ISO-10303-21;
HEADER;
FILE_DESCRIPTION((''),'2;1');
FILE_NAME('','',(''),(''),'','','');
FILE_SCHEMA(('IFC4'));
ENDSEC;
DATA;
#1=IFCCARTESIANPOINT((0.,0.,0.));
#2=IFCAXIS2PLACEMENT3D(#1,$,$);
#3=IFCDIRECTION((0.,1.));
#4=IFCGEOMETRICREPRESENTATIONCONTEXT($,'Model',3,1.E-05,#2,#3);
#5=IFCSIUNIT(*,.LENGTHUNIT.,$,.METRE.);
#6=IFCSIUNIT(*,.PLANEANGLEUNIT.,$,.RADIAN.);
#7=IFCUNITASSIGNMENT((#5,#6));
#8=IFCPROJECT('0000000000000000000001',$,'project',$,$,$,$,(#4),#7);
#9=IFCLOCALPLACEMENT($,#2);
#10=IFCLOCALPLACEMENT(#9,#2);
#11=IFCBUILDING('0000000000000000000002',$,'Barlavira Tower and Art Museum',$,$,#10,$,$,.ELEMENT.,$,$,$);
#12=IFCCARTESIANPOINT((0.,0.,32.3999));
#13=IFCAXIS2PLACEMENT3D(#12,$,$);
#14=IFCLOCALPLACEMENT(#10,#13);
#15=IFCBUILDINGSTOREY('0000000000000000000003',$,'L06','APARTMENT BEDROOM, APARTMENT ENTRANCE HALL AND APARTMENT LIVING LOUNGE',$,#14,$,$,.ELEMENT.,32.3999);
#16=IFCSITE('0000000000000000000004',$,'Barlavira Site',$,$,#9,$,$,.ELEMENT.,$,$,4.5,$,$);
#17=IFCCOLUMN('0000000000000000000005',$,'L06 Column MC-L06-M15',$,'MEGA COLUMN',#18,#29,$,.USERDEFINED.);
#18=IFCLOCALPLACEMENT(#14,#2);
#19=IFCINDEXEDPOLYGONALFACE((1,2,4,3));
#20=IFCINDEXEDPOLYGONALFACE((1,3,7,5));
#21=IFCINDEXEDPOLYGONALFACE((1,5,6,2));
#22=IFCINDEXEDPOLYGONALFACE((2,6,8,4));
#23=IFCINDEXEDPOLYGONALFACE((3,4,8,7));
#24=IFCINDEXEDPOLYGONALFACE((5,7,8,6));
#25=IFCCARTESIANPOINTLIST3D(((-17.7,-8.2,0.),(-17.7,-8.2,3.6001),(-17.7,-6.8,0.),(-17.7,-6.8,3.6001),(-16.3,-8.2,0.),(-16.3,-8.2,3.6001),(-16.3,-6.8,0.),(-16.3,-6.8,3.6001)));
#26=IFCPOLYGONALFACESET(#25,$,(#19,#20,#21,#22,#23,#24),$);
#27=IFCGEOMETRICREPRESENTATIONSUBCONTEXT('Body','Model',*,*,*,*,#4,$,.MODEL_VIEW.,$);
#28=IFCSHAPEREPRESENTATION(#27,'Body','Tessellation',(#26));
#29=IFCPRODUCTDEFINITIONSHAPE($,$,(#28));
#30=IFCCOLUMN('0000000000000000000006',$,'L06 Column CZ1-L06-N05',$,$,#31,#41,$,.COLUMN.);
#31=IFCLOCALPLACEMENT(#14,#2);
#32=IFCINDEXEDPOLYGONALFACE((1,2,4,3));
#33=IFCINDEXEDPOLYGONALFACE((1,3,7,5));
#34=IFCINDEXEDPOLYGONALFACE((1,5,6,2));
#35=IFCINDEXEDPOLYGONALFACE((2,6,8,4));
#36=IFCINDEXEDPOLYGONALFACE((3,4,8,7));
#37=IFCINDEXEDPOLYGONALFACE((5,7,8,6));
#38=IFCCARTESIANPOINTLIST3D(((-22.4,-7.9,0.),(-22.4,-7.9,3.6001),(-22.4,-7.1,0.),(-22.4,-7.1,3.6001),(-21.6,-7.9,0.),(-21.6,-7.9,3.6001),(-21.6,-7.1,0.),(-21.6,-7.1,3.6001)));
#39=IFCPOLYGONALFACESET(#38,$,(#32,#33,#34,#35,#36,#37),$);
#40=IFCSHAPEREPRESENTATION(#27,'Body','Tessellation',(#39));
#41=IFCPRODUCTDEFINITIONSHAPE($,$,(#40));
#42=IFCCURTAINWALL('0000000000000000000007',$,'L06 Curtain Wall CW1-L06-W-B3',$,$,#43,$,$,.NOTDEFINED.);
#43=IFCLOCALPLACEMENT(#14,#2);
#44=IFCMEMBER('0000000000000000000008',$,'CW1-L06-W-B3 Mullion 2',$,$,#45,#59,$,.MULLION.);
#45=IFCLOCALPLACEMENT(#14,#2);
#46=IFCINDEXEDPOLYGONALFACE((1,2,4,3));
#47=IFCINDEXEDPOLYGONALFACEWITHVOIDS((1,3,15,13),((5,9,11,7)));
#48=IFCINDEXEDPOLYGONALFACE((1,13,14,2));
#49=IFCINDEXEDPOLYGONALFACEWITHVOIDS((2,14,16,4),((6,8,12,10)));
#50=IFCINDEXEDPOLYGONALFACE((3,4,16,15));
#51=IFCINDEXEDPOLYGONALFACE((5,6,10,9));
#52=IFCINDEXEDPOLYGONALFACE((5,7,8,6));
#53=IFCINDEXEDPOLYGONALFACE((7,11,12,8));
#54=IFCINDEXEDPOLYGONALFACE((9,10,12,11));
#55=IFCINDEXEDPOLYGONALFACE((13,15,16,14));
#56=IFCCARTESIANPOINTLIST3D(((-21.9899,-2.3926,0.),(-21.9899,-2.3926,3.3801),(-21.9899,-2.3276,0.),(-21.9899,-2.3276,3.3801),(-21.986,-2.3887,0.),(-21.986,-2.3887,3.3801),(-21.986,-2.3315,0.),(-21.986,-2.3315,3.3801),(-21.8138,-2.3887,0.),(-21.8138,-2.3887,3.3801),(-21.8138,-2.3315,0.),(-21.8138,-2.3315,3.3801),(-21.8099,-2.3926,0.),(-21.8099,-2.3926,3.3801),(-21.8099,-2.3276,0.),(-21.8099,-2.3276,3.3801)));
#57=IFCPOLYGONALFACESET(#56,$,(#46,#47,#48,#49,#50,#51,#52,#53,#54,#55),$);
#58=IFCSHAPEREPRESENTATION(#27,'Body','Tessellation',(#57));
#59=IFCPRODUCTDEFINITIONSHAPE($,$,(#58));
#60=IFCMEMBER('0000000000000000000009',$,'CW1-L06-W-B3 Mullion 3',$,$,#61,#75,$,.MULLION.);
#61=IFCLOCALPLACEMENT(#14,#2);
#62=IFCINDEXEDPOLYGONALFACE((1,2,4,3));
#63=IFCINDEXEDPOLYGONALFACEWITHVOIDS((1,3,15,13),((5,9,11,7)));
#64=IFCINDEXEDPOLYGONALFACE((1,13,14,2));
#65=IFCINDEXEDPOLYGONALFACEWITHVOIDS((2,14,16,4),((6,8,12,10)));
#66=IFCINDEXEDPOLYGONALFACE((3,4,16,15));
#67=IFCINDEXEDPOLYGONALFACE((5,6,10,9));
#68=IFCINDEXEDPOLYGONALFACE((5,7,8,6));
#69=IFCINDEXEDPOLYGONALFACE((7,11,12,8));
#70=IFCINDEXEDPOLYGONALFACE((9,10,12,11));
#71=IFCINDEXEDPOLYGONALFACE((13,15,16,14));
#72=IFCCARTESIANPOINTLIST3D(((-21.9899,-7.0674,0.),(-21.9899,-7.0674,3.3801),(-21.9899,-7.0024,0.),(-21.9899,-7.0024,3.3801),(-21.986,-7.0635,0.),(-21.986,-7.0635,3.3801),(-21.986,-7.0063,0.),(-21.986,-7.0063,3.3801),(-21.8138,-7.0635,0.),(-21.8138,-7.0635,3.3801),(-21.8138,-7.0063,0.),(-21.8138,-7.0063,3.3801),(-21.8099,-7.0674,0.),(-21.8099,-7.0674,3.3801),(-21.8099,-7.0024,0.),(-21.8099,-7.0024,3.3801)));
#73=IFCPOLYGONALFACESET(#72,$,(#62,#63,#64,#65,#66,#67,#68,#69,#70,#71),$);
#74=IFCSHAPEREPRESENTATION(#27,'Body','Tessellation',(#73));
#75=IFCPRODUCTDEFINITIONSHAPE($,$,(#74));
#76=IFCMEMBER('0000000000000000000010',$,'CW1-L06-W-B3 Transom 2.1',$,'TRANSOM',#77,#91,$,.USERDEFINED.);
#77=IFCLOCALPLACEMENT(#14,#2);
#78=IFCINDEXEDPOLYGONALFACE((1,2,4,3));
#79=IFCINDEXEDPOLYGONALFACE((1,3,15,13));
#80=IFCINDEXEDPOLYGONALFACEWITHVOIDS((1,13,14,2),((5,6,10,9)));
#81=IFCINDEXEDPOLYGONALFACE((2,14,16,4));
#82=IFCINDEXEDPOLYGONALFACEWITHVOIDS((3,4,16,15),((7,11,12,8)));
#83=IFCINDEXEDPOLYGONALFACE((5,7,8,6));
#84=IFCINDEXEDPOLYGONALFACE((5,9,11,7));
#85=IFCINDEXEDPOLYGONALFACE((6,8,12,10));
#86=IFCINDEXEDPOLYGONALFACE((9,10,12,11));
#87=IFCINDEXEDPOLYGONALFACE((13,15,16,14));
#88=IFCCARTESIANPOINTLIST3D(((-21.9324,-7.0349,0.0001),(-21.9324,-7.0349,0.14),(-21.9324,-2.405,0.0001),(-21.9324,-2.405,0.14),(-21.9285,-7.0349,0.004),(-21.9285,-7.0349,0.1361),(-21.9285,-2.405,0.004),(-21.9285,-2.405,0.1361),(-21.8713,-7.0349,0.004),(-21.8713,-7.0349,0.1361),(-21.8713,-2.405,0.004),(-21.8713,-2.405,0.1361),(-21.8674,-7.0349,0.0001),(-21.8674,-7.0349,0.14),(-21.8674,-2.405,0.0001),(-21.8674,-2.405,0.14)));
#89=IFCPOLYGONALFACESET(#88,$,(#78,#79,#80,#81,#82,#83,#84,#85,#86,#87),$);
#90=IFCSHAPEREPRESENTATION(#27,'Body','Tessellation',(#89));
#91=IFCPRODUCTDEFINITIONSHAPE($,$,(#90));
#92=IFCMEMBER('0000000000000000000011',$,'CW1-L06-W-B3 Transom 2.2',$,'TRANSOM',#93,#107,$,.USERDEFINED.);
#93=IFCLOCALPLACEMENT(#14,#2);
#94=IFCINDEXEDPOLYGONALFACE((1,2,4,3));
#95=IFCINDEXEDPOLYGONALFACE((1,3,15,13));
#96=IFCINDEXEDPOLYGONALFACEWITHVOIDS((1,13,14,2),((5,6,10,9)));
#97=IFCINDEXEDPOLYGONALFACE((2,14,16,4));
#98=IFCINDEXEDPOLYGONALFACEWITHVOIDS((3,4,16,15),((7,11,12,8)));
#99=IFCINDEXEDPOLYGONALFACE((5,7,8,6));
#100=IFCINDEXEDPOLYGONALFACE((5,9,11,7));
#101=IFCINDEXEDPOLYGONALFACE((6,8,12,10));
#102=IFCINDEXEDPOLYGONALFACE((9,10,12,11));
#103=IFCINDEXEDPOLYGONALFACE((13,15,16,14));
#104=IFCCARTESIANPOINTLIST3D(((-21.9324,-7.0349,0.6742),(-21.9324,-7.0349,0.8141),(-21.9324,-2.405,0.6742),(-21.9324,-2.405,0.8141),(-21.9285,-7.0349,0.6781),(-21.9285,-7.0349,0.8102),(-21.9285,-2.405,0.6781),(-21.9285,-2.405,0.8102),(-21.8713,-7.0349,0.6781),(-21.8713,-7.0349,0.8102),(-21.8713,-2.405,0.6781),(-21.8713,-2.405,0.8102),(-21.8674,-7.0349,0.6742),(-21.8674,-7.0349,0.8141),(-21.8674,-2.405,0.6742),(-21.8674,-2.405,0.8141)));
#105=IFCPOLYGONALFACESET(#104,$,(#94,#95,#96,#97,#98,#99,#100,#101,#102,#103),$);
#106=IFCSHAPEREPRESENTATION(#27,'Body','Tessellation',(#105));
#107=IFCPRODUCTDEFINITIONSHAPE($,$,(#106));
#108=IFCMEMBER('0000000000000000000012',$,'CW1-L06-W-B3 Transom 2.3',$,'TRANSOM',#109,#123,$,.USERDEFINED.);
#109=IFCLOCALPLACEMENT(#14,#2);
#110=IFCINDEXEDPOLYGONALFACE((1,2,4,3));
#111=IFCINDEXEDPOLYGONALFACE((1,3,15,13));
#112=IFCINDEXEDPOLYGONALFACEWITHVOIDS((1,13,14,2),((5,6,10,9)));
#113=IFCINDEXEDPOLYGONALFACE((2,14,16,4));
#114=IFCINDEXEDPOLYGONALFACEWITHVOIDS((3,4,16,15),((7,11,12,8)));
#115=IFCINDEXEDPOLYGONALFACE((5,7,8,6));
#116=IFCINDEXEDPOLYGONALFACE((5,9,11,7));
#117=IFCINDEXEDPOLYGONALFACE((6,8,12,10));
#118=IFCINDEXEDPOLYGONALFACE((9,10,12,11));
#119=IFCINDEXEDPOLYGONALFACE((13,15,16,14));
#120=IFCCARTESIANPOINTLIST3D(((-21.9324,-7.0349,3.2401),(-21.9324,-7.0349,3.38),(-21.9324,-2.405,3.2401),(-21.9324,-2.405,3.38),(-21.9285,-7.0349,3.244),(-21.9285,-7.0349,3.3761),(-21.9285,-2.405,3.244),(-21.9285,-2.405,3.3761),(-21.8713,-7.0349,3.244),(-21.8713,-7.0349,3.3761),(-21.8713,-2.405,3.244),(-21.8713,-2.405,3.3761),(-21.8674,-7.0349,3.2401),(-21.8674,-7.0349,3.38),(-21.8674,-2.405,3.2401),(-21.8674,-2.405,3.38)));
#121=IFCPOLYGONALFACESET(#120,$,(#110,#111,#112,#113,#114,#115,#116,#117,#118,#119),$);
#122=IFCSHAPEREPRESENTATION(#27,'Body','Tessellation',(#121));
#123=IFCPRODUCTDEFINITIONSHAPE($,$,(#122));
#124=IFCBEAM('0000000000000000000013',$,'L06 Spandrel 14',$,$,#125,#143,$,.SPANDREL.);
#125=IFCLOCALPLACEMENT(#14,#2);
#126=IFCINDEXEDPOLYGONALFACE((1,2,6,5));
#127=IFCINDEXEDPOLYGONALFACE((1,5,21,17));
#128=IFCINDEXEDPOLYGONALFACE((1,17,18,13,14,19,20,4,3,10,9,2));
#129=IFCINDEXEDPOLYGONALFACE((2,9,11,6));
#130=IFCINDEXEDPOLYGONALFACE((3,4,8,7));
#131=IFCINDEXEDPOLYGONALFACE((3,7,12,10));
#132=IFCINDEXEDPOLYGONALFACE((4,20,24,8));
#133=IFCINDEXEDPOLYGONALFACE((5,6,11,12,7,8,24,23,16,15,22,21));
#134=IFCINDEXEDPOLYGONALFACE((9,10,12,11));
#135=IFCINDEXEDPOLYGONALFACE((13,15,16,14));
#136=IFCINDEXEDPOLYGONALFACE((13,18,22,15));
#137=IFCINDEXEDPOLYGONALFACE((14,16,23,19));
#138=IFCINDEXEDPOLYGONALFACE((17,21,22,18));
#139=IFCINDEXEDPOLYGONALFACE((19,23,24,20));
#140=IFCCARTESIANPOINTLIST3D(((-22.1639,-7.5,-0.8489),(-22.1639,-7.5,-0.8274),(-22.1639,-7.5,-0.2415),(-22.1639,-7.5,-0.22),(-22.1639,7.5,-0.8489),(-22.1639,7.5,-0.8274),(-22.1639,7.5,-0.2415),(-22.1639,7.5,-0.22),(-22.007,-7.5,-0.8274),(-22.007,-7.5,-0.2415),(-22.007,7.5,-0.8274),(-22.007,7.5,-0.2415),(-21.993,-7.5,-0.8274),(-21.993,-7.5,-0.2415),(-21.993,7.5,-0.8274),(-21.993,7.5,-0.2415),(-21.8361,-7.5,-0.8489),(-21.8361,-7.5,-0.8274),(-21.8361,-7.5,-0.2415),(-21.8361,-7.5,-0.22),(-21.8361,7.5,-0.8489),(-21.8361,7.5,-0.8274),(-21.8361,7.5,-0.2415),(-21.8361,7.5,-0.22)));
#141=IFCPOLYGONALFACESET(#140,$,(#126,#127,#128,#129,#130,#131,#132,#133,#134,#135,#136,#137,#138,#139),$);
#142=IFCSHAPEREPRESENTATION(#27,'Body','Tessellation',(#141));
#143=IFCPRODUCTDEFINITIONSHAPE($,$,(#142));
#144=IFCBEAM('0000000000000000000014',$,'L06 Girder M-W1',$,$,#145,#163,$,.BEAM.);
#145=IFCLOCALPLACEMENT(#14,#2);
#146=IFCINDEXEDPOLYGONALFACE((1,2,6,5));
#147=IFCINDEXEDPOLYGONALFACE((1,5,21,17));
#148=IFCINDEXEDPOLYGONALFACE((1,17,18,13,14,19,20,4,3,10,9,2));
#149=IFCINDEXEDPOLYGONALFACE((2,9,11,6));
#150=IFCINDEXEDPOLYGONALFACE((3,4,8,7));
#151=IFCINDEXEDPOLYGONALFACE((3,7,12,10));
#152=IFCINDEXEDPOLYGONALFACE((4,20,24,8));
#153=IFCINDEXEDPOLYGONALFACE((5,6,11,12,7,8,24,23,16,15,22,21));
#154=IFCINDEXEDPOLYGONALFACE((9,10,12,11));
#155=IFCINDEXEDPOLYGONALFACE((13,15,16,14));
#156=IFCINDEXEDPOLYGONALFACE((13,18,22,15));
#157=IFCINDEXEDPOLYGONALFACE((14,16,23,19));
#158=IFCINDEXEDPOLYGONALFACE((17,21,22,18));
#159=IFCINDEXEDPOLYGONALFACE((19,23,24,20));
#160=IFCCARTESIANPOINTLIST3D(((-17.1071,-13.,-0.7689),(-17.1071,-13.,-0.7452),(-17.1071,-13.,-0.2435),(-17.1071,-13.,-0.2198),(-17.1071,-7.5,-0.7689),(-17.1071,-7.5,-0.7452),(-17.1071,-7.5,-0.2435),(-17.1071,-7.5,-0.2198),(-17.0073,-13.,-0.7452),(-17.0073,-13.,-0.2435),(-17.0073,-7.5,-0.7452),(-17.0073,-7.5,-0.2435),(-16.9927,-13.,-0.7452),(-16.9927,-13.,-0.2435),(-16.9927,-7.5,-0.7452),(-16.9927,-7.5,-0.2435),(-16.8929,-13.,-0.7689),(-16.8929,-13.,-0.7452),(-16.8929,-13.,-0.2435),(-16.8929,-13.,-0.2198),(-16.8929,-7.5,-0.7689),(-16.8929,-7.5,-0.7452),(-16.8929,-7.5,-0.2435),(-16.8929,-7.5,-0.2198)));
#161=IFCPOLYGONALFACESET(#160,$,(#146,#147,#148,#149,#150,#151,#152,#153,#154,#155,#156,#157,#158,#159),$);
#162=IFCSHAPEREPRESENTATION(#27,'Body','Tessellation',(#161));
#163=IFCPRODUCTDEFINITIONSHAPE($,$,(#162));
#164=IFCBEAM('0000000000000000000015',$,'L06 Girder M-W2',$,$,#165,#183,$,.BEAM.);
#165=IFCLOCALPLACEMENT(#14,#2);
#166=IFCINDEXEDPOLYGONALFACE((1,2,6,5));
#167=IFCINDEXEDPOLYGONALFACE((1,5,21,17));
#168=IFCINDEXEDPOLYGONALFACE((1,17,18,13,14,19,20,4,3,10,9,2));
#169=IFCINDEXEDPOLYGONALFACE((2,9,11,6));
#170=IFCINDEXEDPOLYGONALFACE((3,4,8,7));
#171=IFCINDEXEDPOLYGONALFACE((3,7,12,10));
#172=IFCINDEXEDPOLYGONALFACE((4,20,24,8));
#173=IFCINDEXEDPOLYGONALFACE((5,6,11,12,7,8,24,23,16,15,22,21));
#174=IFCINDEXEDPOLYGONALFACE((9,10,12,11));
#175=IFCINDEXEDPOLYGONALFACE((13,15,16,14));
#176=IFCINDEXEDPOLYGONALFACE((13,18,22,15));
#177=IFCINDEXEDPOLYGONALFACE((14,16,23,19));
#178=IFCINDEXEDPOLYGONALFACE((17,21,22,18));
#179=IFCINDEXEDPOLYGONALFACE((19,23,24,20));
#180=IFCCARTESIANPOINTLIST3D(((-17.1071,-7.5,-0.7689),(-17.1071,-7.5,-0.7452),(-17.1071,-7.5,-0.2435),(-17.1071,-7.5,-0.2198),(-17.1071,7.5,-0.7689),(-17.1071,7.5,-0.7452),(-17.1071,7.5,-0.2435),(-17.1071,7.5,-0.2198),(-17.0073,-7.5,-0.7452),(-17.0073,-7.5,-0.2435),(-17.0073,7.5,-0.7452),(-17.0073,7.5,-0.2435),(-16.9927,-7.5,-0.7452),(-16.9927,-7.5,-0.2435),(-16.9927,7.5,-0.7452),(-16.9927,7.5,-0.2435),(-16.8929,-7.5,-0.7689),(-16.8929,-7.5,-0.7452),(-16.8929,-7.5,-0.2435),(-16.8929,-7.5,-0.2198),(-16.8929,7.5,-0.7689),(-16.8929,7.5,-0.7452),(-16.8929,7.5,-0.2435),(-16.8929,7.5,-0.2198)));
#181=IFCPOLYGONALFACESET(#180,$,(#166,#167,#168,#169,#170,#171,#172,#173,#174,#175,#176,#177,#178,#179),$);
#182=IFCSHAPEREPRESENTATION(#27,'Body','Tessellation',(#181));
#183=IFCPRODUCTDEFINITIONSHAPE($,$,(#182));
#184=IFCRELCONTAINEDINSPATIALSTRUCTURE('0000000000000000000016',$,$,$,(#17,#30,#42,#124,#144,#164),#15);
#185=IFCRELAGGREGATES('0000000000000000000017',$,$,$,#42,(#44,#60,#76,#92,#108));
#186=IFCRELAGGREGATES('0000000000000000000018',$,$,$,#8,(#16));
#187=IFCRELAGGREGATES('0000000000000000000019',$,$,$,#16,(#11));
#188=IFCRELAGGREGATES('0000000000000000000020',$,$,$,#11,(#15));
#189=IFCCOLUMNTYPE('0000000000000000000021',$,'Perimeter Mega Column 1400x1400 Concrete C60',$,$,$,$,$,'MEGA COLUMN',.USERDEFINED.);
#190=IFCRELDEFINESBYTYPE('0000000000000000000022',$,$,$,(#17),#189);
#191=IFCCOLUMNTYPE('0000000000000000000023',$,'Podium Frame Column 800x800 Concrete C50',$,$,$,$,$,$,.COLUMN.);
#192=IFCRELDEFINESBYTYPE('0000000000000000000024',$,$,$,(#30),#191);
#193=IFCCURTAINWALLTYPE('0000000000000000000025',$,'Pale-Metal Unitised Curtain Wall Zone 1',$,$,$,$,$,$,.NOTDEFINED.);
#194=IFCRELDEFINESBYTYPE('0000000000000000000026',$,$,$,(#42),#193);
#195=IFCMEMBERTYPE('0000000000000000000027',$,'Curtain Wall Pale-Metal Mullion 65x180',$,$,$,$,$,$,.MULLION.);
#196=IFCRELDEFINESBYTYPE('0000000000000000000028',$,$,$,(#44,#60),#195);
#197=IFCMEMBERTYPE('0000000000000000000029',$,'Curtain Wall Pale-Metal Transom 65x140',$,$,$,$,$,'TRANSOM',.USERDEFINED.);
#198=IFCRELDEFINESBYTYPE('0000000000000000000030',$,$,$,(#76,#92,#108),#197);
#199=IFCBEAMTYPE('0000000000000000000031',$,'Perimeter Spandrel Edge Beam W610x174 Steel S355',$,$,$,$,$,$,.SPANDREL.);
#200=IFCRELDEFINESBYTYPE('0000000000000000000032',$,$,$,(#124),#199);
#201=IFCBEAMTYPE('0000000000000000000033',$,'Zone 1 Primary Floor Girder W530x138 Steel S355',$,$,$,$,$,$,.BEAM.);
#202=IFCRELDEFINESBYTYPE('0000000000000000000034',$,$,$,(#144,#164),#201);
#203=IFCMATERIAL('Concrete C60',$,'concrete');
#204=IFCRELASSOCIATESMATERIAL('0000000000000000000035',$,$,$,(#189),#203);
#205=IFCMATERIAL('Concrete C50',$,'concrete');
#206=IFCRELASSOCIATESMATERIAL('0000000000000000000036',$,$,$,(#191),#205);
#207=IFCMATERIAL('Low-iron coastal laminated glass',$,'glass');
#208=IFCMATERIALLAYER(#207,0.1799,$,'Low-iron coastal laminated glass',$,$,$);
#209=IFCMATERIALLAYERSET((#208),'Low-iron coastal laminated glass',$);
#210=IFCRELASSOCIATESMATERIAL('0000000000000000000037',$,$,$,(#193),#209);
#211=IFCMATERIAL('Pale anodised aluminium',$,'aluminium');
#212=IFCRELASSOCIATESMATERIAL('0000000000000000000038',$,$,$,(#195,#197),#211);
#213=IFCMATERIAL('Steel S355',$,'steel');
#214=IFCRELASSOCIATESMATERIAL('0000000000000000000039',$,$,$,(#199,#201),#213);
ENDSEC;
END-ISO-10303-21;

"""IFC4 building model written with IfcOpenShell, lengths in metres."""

from ifc_helpers import new_model, si_unit, direction, frame, origin, origin_2d, place, context, subcontext, project, spatial, rectangle, hollow_rectangle, i_section, extrude, material, layer, layer_set, material_profile, profile_set, type_object, element, aggregate, save


model = new_model("IFC4")

# Units and contexts
model_context = context("Model", 3, precision=1e-05, world=origin(), true_north=direction((0.0, 1.0)))
body_context = subcontext(model_context, "Body", "Model", "MODEL_VIEW")
ifc_project = project(units=[si_unit("LENGTHUNIT", "METRE"), si_unit("PLANEANGLEUNIT", "RADIAN")], contexts=[model_context])

# Site, building, storey
site_placement = place(None, origin())
site = spatial("IfcSite", under=ifc_project, at=site_placement, Name="Barlavira Site", CompositionType="ELEMENT", RefElevation=4.5)
building_placement = place(site_placement, origin())
building = spatial("IfcBuilding", under=site, at=building_placement, Name="Barlavira Tower and Art Museum", CompositionType="ELEMENT")
storey_placement = place(building_placement, frame((0.0, 0.0, 32.3999)))
storey = spatial("IfcBuildingStorey", under=building, at=storey_placement, Name="L06", Description="APARTMENT BEDROOM, APARTMENT ENTRANCE HALL AND APARTMENT LIVING LOUNGE", CompositionType="ELEMENT", Elevation=32.3999)

# Columns
ifc_material_1 = material(Name="Concrete C60", Category="concrete")
ifc_material_profile_1 = material_profile(ifc_material_1, rectangle(XDim=1.3999, YDim=1.3999, at=origin_2d()), Name="RC-MCOL 1400x1400")
ifc_profile_set_1 = profile_set([ifc_material_profile_1], Name="Concrete C60")
column_type_1 = type_object("IfcColumnType", Name="Perimeter Mega Column 1400x1400 Concrete C60", ElementType="MEGA COLUMN", PredefinedType="USERDEFINED", material=ifc_profile_set_1)
column_1_placement = place(storey_placement, frame((-17.0, -7.5, 0.0), z_axis=(0.0, 0.0, 1.0), x_axis=(1.0, 0.0, 0.0)))
element("IfcColumn", 1, at=column_1_placement, inside=storey, type_object=column_type_1, Name="L06 Column MC-L06-M15", ObjectType="MEGA COLUMN", PredefinedType="USERDEFINED", context=body_context, shape_type="SweptSolid", body=[
    extrude(rectangle(XDim=1.3999, YDim=1.3999, at=origin_2d()), origin(), (0.0, 0.0, 1.0), 3.6001),
])
ifc_material_2 = material(Name="Concrete C50", Category="concrete")
ifc_material_profile_2 = material_profile(ifc_material_2, rectangle(XDim=0.8, YDim=0.8, at=origin_2d()), Name="RC-COL 800x800")
ifc_profile_set_2 = profile_set([ifc_material_profile_2], Name="Concrete C50")
column_type_2 = type_object("IfcColumnType", Name="Podium Frame Column 800x800 Concrete C50", PredefinedType="COLUMN", material=ifc_profile_set_2)
column_2_placement = place(storey_placement, frame((-22.0, -7.5, 0.0), z_axis=(0.0, 0.0, 1.0), x_axis=(1.0, 0.0, 0.0)))
element("IfcColumn", 2, at=column_2_placement, inside=storey, type_object=column_type_2, Name="L06 Column CZ1-L06-N05", PredefinedType="COLUMN", context=body_context, shape_type="SweptSolid", body=[
    extrude(rectangle(XDim=0.8, YDim=0.8, at=origin_2d()), origin(), (0.0, 0.0, 1.0), 3.6001),
])

# Curtain wall, members
ifc_material_3 = material(Name="Low-iron coastal laminated glass", Category="glass")
ifc_layer_1 = layer(ifc_material_3, 0.1799, Name="Low-iron coastal laminated glass")
ifc_layer_set_1 = layer_set([ifc_layer_1], Name="Low-iron coastal laminated glass")
curtain_wall_type = type_object("IfcCurtainWallType", Name="Pale-Metal Unitised Curtain Wall Zone 1", PredefinedType="NOTDEFINED", material=ifc_layer_set_1)
curtain_wall_placement = place(storey_placement, origin())
curtain_wall = element("IfcCurtainWall", 3, at=curtain_wall_placement, inside=storey, type_object=curtain_wall_type, Name="L06 Curtain Wall CW1-L06-W-B3", PredefinedType="NOTDEFINED")
ifc_material_4 = material(Name="Pale anodised aluminium", Category="aluminium")
ifc_material_profile_3 = material_profile(ifc_material_4, hollow_rectangle(XDim=0.0649, YDim=0.1799, WallThickness=0.0039, at=origin_2d()), Name="ALU-MULL 65x180x4")
ifc_profile_set_3 = profile_set([ifc_material_profile_3], Name="Pale anodised aluminium")
member_type_1 = type_object("IfcMemberType", Name="Curtain Wall Pale-Metal Mullion 65x180", PredefinedType="MULLION", material=ifc_profile_set_3)
member_1_placement = place(storey_placement, frame((-21.8999, -2.3601, 0.0), z_axis=(0.0, 0.0, 1.0), x_axis=(0.0, -1.0, 0.0)))
member_1 = element("IfcMember", 4, at=member_1_placement, type_object=member_type_1, Name="CW1-L06-W-B3 Mullion 2", PredefinedType="MULLION", context=body_context, shape_type="SweptSolid", body=[
    extrude(hollow_rectangle(XDim=0.0649, YDim=0.1799, WallThickness=0.0039, at=origin_2d()), origin(), (0.0, 0.0, 1.0), 3.3801),
])
member_2_placement = place(storey_placement, frame((-21.8999, -7.0349, 0.0), z_axis=(0.0, 0.0, 1.0), x_axis=(0.0, -1.0, 0.0)))
member_2 = element("IfcMember", 5, at=member_2_placement, type_object=member_type_1, Name="CW1-L06-W-B3 Mullion 3", PredefinedType="MULLION", context=body_context, shape_type="SweptSolid", body=[
    extrude(hollow_rectangle(XDim=0.0649, YDim=0.1799, WallThickness=0.0039, at=origin_2d()), origin(), (0.0, 0.0, 1.0), 3.3801),
])
ifc_material_profile_4 = material_profile(ifc_material_4, hollow_rectangle(XDim=0.0649, YDim=0.1399, WallThickness=0.0039, at=origin_2d()), Name="ALU-TRAN 65x140x4")
ifc_profile_set_4 = profile_set([ifc_material_profile_4], Name="Pale anodised aluminium")
member_type_2 = type_object("IfcMemberType", Name="Curtain Wall Pale-Metal Transom 65x140", ElementType="TRANSOM", PredefinedType="USERDEFINED", material=ifc_profile_set_4)
member_3_placement = place(storey_placement, frame((-21.8999, -2.405, 0.0701), z_axis=(0.0, -1.0, 0.0), x_axis=(1.0, 0.0, 0.0)))
member_3 = element("IfcMember", 6, at=member_3_placement, type_object=member_type_2, Name="CW1-L06-W-B3 Transom 2.1", ObjectType="TRANSOM", PredefinedType="USERDEFINED", context=body_context, shape_type="SweptSolid", body=[
    extrude(hollow_rectangle(XDim=0.0649, YDim=0.1399, WallThickness=0.0039, at=origin_2d()), origin(), (0.0, 0.0, 1.0), 4.6299),
])
member_4_placement = place(storey_placement, frame((-21.8999, -2.405, 0.7441), z_axis=(0.0, -1.0, 0.0), x_axis=(1.0, 0.0, 0.0)))
member_4 = element("IfcMember", 7, at=member_4_placement, type_object=member_type_2, Name="CW1-L06-W-B3 Transom 2.2", ObjectType="TRANSOM", PredefinedType="USERDEFINED", context=body_context, shape_type="SweptSolid", body=[
    extrude(hollow_rectangle(XDim=0.0649, YDim=0.1399, WallThickness=0.0039, at=origin_2d()), origin(), (0.0, 0.0, 1.0), 4.6299),
])
member_5_placement = place(storey_placement, frame((-21.8999, -2.405, 3.3101), z_axis=(0.0, -1.0, 0.0), x_axis=(1.0, 0.0, 0.0)))
member_5 = element("IfcMember", 8, at=member_5_placement, type_object=member_type_2, Name="CW1-L06-W-B3 Transom 2.3", ObjectType="TRANSOM", PredefinedType="USERDEFINED", context=body_context, shape_type="SweptSolid", body=[
    extrude(hollow_rectangle(XDim=0.0649, YDim=0.1399, WallThickness=0.0039, at=origin_2d()), origin(), (0.0, 0.0, 1.0), 4.6299),
])

# Beams
ifc_material_5 = material(Name="Steel S355", Category="steel")
ifc_material_profile_5 = material_profile(ifc_material_5, i_section(OverallWidth=0.3279, OverallDepth=0.6289, WebThickness=0.0139, FlangeThickness=0.0215, at=origin_2d()), Name="W610x174.0")
ifc_profile_set_5 = profile_set([ifc_material_profile_5], Name="Steel S355")
beam_type_1 = type_object("IfcBeamType", Name="Perimeter Spandrel Edge Beam W610x174 Steel S355", PredefinedType="SPANDREL", material=ifc_profile_set_5)
beam_1_placement = place(storey_placement, frame((-22.0, -7.5, -0.5344), z_axis=(0.0, 1.0, 0.0), x_axis=(-1.0, 0.0, 0.0)))
element("IfcBeam", 9, at=beam_1_placement, inside=storey, type_object=beam_type_1, Name="L06 Spandrel 14", PredefinedType="SPANDREL", context=body_context, shape_type="SweptSolid", body=[
    extrude(i_section(OverallWidth=0.3279, OverallDepth=0.6289, WebThickness=0.0139, FlangeThickness=0.0215, at=origin_2d()), origin(), (0.0, 0.0, 1.0), 15.0),
])
ifc_material_profile_6 = material_profile(ifc_material_5, i_section(OverallWidth=0.2141, OverallDepth=0.5491, WebThickness=0.0146, FlangeThickness=0.0237, at=origin_2d()), Name="W530x138.0")
ifc_profile_set_6 = profile_set([ifc_material_profile_6], Name="Steel S355")
beam_type_2 = type_object("IfcBeamType", Name="Zone 1 Primary Floor Girder W530x138 Steel S355", PredefinedType="BEAM", material=ifc_profile_set_6)
beam_2_placement = place(storey_placement, frame((-17.0, -13.0, -0.4944), z_axis=(0.0, 1.0, 0.0), x_axis=(-1.0, 0.0, 0.0)))
element("IfcBeam", 10, at=beam_2_placement, inside=storey, type_object=beam_type_2, Name="L06 Girder M-W1", PredefinedType="BEAM", context=body_context, shape_type="SweptSolid", body=[
    extrude(i_section(OverallWidth=0.2141, OverallDepth=0.5491, WebThickness=0.0146, FlangeThickness=0.0237, at=origin_2d()), origin(), (0.0, 0.0, 1.0), 5.5),
])
beam_3_placement = place(storey_placement, frame((-17.0, -7.5, -0.4944), z_axis=(0.0, 1.0, 0.0), x_axis=(-1.0, 0.0, 0.0)))
element("IfcBeam", 11, at=beam_3_placement, inside=storey, type_object=beam_type_2, Name="L06 Girder M-W2", PredefinedType="BEAM", context=body_context, shape_type="SweptSolid", body=[
    extrude(i_section(OverallWidth=0.2141, OverallDepth=0.5491, WebThickness=0.0146, FlangeThickness=0.0237, at=origin_2d()), origin(), (0.0, 0.0, 1.0), 15.0),
])

aggregate(curtain_wall, [member_1, member_2, member_3, member_4, member_5])

save(model, "model.ifc")
